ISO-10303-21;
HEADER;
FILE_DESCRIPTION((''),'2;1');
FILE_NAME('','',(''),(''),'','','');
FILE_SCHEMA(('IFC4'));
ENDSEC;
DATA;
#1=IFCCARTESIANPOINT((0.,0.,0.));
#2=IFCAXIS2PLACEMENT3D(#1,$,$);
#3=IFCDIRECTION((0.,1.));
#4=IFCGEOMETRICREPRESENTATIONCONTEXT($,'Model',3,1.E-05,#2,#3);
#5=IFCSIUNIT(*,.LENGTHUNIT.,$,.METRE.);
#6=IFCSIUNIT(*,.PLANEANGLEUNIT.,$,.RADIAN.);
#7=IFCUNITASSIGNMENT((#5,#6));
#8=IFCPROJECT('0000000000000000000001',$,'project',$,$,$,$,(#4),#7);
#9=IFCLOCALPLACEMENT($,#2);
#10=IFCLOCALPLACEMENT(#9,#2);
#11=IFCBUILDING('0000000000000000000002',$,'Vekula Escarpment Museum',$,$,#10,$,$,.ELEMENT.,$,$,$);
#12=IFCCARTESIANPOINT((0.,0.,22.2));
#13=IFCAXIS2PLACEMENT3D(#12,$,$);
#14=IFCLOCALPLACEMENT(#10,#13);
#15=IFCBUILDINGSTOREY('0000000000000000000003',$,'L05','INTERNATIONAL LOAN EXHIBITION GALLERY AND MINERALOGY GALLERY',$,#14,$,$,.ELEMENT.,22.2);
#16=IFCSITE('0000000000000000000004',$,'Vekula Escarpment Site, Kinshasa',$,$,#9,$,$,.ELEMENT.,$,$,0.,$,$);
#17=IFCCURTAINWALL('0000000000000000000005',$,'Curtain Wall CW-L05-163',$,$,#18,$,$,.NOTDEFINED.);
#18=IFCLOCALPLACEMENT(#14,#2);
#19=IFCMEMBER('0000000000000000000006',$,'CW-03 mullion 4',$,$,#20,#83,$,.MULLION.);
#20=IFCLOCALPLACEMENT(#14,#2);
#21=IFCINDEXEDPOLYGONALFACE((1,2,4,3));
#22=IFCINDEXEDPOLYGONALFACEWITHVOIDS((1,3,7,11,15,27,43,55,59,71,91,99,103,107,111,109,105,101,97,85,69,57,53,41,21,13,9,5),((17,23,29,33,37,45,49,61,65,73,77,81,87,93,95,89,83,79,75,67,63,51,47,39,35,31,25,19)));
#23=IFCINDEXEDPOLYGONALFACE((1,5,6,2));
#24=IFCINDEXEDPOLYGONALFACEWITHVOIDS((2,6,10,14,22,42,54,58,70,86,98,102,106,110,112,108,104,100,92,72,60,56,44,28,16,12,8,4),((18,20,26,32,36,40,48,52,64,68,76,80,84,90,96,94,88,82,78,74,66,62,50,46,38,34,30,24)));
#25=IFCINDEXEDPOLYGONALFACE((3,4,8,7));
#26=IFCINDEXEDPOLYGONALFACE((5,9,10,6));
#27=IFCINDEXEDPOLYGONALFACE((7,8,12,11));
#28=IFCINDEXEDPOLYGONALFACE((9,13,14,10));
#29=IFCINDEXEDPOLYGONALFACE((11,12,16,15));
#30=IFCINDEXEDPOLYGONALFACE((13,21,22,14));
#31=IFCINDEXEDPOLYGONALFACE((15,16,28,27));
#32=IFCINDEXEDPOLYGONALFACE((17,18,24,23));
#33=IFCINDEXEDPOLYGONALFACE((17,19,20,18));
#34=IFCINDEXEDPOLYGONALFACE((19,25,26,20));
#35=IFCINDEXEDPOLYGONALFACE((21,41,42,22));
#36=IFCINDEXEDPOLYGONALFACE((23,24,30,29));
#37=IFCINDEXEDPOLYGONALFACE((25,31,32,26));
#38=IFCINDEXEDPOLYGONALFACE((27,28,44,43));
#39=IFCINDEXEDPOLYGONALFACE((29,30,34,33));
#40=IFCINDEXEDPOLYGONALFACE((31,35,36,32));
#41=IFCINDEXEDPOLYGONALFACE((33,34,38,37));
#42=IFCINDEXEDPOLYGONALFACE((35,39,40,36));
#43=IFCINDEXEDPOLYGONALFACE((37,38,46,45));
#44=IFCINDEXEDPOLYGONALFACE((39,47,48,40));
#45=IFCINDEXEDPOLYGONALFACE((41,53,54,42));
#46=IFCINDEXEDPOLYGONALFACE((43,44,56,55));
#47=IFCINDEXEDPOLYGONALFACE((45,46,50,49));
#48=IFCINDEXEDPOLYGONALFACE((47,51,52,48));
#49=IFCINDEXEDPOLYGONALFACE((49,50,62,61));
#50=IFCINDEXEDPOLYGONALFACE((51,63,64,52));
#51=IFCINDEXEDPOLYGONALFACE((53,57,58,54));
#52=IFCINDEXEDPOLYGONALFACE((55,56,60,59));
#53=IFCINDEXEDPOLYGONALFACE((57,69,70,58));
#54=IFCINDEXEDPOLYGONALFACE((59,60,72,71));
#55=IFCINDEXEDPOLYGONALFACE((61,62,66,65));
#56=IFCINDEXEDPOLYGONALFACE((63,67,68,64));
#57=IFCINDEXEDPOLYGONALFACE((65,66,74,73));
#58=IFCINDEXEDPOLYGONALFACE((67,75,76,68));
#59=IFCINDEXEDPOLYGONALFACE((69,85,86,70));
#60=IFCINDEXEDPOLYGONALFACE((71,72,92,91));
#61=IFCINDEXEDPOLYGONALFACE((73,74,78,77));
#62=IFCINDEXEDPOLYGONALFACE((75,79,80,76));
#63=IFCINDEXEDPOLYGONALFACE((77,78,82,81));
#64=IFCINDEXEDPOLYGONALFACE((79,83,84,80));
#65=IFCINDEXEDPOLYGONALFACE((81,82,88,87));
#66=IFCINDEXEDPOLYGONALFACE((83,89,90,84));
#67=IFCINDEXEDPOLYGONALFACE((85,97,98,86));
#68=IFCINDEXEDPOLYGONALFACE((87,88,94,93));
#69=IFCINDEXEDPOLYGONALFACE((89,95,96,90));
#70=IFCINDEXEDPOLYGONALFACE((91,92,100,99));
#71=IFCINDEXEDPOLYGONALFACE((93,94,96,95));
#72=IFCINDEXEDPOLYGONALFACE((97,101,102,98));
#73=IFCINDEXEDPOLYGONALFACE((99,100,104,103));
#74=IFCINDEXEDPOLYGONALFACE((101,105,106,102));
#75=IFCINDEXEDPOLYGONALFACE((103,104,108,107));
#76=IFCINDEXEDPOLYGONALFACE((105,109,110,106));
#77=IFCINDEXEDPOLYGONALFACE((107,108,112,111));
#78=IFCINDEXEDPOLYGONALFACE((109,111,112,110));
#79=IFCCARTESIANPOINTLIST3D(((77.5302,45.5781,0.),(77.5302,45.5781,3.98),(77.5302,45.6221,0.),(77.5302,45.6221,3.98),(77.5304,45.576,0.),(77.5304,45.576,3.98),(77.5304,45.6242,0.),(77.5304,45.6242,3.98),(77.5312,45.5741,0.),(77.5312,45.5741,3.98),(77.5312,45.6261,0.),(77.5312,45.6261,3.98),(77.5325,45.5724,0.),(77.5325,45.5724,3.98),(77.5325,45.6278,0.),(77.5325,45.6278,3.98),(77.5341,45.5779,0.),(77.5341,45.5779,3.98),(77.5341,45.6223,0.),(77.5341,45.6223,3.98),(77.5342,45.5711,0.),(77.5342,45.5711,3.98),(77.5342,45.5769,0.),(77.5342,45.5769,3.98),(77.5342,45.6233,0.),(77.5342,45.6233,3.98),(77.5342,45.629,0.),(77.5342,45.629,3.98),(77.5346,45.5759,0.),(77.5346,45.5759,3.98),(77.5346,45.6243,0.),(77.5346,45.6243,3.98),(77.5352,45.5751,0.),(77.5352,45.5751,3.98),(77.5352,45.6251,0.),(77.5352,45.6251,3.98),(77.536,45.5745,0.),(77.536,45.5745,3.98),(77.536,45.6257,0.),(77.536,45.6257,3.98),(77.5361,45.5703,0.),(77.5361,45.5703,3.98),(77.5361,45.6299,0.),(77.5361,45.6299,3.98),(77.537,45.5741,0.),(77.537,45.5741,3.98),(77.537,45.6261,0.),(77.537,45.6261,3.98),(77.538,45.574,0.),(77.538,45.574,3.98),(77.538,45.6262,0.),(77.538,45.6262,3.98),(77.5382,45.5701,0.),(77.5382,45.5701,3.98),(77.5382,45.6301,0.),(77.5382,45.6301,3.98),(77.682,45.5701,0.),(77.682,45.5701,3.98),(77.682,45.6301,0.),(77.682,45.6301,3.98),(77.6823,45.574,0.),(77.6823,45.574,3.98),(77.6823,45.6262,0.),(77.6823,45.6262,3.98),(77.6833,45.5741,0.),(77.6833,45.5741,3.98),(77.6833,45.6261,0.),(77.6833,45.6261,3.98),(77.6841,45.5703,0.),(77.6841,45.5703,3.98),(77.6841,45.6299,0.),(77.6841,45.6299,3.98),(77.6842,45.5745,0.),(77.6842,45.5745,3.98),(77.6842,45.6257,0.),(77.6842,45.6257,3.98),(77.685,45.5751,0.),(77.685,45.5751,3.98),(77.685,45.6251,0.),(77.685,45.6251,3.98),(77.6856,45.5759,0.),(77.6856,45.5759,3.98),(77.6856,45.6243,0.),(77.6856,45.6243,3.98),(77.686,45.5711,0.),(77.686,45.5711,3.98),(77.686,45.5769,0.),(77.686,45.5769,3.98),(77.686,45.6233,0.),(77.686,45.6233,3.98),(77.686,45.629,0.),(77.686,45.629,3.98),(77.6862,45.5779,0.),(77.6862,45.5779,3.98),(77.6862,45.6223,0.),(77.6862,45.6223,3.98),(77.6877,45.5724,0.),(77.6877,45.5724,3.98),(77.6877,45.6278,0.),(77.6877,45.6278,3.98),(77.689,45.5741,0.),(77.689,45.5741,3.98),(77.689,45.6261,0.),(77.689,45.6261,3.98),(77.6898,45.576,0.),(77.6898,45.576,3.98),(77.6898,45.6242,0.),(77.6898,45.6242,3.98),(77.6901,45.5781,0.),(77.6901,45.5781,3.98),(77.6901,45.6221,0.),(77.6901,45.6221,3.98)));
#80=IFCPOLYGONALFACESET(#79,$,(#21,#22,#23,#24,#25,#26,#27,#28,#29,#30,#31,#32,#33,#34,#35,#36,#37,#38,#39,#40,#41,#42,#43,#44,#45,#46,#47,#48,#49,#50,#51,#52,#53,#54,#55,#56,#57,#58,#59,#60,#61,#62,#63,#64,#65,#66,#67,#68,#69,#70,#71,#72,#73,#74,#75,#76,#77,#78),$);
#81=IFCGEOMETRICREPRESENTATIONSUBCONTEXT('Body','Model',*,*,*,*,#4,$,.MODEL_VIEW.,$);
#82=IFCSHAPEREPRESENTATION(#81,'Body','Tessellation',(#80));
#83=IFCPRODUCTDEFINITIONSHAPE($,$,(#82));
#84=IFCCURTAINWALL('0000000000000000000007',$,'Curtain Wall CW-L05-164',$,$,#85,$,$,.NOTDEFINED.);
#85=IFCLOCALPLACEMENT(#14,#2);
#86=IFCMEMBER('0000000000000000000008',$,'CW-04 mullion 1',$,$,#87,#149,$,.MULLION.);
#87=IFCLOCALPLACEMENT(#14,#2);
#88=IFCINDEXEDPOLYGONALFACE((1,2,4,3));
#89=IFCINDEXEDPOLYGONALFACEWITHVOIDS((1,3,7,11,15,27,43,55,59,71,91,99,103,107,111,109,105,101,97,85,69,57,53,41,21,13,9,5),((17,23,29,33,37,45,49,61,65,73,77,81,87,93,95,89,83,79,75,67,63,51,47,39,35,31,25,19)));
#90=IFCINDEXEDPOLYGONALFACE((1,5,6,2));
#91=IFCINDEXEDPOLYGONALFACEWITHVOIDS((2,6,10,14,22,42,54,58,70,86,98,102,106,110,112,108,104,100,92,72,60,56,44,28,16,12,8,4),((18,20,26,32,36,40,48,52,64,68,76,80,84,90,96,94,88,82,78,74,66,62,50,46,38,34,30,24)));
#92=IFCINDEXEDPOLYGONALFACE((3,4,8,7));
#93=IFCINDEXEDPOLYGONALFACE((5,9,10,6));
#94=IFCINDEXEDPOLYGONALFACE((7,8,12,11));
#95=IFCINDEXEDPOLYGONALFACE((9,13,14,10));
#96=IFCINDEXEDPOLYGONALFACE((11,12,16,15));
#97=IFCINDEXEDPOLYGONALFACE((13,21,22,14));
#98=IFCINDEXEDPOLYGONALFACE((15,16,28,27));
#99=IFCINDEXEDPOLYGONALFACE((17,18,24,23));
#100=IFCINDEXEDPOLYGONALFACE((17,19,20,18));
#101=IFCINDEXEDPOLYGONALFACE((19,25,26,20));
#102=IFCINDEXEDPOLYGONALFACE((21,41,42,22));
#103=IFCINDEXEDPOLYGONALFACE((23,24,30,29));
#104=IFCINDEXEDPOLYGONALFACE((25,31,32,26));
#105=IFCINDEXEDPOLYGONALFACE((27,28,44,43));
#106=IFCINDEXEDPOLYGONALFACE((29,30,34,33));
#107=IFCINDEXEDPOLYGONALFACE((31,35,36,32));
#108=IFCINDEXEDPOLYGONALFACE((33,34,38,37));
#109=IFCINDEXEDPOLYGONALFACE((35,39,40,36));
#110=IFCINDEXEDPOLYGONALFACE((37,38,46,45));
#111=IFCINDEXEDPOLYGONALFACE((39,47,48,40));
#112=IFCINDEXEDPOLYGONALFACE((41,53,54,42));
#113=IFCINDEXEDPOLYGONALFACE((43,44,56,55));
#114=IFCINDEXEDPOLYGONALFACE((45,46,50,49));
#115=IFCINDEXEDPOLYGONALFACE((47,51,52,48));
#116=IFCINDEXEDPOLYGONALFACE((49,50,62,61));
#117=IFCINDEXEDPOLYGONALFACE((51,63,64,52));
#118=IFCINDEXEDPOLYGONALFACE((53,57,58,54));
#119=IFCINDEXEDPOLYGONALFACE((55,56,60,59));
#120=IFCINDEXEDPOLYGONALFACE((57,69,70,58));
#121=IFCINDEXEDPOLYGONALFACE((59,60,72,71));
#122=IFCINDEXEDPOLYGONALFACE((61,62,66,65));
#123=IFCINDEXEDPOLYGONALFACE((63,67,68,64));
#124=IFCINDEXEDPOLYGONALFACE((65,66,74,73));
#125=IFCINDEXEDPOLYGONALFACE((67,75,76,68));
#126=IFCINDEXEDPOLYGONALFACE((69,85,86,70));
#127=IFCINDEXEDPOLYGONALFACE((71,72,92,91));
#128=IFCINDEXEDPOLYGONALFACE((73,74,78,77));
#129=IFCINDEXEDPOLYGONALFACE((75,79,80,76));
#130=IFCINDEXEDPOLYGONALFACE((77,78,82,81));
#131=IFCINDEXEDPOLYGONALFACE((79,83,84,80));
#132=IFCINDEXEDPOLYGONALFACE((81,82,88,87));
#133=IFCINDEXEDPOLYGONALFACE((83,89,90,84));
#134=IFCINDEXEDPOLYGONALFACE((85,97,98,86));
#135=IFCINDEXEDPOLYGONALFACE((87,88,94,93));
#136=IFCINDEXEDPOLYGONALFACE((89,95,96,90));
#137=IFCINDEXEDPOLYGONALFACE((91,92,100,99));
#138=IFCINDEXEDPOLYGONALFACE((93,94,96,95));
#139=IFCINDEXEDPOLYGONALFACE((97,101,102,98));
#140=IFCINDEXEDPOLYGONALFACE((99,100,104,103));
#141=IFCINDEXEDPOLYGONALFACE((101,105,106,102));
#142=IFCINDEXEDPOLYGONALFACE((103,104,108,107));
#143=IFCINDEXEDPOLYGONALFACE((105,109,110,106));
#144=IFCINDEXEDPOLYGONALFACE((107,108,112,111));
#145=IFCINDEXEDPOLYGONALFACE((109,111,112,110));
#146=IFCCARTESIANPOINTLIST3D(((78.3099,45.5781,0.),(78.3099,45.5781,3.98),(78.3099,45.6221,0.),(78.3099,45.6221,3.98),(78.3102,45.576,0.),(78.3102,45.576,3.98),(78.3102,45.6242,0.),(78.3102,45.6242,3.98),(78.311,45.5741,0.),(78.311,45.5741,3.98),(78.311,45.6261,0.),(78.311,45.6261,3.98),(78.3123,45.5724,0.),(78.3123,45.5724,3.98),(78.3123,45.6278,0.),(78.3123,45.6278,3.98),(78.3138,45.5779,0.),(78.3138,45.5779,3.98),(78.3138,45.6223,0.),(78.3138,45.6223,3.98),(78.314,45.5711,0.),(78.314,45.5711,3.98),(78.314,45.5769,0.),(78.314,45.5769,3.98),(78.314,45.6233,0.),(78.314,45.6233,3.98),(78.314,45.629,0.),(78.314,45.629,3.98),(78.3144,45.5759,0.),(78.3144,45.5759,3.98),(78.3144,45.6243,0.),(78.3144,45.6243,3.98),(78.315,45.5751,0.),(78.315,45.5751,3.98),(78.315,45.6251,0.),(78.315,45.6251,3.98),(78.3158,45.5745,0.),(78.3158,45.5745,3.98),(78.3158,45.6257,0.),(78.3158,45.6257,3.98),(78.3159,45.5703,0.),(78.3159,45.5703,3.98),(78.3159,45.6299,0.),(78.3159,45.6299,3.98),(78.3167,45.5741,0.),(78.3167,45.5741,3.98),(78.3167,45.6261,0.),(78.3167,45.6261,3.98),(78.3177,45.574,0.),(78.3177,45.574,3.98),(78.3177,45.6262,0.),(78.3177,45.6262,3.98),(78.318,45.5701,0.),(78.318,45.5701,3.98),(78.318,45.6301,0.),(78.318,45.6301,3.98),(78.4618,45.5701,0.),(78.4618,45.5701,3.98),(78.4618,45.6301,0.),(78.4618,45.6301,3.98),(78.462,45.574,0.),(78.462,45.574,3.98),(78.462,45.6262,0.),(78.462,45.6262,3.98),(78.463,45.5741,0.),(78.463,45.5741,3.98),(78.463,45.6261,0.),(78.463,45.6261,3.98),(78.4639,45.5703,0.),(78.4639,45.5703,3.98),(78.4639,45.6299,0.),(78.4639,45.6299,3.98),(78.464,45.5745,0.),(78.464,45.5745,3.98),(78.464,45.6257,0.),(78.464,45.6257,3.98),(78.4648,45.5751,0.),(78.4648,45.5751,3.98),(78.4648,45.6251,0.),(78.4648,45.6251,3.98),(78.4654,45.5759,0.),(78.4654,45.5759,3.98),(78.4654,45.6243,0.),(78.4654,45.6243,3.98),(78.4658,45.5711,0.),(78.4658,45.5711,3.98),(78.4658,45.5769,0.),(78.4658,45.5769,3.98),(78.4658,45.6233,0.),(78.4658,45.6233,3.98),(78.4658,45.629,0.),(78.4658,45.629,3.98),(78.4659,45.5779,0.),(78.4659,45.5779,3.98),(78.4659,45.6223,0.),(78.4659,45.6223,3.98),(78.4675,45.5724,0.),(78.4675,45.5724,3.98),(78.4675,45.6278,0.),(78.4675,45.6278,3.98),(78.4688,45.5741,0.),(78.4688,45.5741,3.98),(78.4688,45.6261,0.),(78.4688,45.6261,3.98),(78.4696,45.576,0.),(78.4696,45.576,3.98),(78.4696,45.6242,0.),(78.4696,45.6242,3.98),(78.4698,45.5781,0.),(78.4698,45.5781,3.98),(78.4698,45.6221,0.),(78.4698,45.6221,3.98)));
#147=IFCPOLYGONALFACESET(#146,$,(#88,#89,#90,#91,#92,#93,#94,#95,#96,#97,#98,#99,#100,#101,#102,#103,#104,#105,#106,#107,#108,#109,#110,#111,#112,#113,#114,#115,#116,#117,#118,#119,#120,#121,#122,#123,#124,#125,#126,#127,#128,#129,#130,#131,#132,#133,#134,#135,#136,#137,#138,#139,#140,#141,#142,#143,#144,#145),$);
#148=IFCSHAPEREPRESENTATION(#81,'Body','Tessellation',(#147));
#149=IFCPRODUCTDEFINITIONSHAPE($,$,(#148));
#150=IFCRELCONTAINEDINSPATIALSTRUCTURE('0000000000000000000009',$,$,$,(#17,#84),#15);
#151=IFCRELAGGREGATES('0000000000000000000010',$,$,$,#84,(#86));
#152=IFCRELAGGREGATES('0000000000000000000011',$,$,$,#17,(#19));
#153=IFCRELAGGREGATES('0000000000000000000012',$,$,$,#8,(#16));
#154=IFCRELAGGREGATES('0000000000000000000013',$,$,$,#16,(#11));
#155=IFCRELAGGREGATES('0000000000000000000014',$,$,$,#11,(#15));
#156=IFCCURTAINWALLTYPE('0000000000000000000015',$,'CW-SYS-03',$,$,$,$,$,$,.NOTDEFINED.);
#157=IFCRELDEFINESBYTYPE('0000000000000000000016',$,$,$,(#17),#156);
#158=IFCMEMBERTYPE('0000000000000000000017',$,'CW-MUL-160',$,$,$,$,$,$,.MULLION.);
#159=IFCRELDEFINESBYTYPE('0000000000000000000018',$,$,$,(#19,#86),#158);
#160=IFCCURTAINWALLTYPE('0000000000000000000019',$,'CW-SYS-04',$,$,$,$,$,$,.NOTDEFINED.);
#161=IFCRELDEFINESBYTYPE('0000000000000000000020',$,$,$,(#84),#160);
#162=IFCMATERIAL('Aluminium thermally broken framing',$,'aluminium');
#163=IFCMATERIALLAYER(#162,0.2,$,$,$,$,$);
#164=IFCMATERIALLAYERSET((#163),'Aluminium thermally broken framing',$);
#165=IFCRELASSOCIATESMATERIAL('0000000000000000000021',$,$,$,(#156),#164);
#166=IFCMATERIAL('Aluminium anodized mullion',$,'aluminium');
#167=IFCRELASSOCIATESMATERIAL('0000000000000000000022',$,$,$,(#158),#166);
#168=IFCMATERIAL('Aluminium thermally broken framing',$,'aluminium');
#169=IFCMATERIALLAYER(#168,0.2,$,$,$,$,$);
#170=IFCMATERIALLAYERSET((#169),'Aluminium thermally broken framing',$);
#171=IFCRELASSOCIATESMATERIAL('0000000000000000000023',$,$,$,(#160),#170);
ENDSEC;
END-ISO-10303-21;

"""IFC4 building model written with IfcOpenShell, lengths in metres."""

from ifc_helpers import new_model, si_unit, direction, frame, origin, origin_2d, place, context, subcontext, project, spatial, hollow_rectangle, extrude, material, layer, layer_set, material_profile, profile_set, type_object, element, aggregate, save


model = new_model("IFC4")

# Units and contexts
model_context = context("Model", 3, precision=1e-05, world=origin(), true_north=direction((0.0, 1.0)))
body_context = subcontext(model_context, "Body", "Model", "MODEL_VIEW")
ifc_project = project(units=[si_unit("LENGTHUNIT", "METRE"), si_unit("PLANEANGLEUNIT", "RADIAN")], contexts=[model_context])

# Site, building, storey
site_placement = place(None, origin())
site = spatial("IfcSite", under=ifc_project, at=site_placement, Name="Vekula Escarpment Site, Kinshasa", CompositionType="ELEMENT", RefElevation=0.0)
building_placement = place(site_placement, origin())
building = spatial("IfcBuilding", under=site, at=building_placement, Name="Vekula Escarpment Museum", CompositionType="ELEMENT")
storey_placement = place(building_placement, frame((0.0, 0.0, 22.2)))
storey = spatial("IfcBuildingStorey", under=building, at=storey_placement, Name="L05", Description="INTERNATIONAL LOAN EXHIBITION GALLERY AND MINERALOGY GALLERY", CompositionType="ELEMENT", Elevation=22.2)

# Curtain wall, member
ifc_material_1 = material(Name="Aluminium thermally broken framing", Category="aluminium")
ifc_layer_1 = layer(ifc_material_1, 0.2)
ifc_layer_set_1 = layer_set([ifc_layer_1], Name="Aluminium thermally broken framing")
curtain_wall_type_1 = type_object("IfcCurtainWallType", Name="CW-SYS-03", PredefinedType="NOTDEFINED", material=ifc_layer_set_1)
curtain_wall_1_placement = place(storey_placement, origin())
curtain_wall_1 = element("IfcCurtainWall", 1, at=curtain_wall_1_placement, inside=storey, type_object=curtain_wall_type_1, Name="Curtain Wall CW-L05-163", PredefinedType="NOTDEFINED")
ifc_material_2 = material(Name="Aluminium anodized mullion", Category="aluminium")
ifc_material_profile_1 = material_profile(ifc_material_2, hollow_rectangle(XDim=0.0601, YDim=0.1599, WallThickness=0.0039, InnerFilletRadius=0.0039, OuterFilletRadius=0.0081, at=origin_2d()), Name="ALU 160x60x4")
ifc_profile_set_1 = profile_set([ifc_material_profile_1], Name="Aluminium anodized mullion")
member_type_1 = type_object("IfcMemberType", Name="CW-MUL-160", PredefinedType="MULLION", material=ifc_profile_set_1)
member_1_placement = place(storey_placement, frame((77.6101, 45.6001, 0.0), z_axis=(0.0, 0.0, 1.0), x_axis=(0.0, 1.0, 0.0)))
member_1 = element("IfcMember", 2, at=member_1_placement, type_object=member_type_1, Name="CW-03 mullion 4", PredefinedType="MULLION", context=body_context, shape_type="SweptSolid", body=[
    extrude(hollow_rectangle(XDim=0.0601, YDim=0.1599, WallThickness=0.0039, InnerFilletRadius=0.0039, OuterFilletRadius=0.0081, at=origin_2d()), origin(), (0.0, 0.0, 1.0), 3.98),
])

# Curtain wall, member
ifc_material_3 = material(Name="Aluminium thermally broken framing", Category="aluminium")
ifc_layer_2 = layer(ifc_material_3, 0.2)
ifc_layer_set_2 = layer_set([ifc_layer_2], Name="Aluminium thermally broken framing")
curtain_wall_type_2 = type_object("IfcCurtainWallType", Name="CW-SYS-04", PredefinedType="NOTDEFINED", material=ifc_layer_set_2)
curtain_wall_2_placement = place(storey_placement, origin())
curtain_wall_2 = element("IfcCurtainWall", 3, at=curtain_wall_2_placement, inside=storey, type_object=curtain_wall_type_2, Name="Curtain Wall CW-L05-164", PredefinedType="NOTDEFINED")
member_2_placement = place(storey_placement, frame((78.3899, 45.6001, 0.0), z_axis=(0.0, 0.0, 1.0), x_axis=(0.0, 1.0, 0.0)))
member_2 = element("IfcMember", 4, at=member_2_placement, type_object=member_type_1, Name="CW-04 mullion 1", PredefinedType="MULLION", context=body_context, shape_type="SweptSolid", body=[
    extrude(hollow_rectangle(XDim=0.0601, YDim=0.1599, WallThickness=0.0039, InnerFilletRadius=0.0039, OuterFilletRadius=0.0081, at=origin_2d()), origin(), (0.0, 0.0, 1.0), 3.98),
])

aggregate(curtain_wall_2, [member_2])
aggregate(curtain_wall_1, [member_1])

save(model, "model.ifc")
